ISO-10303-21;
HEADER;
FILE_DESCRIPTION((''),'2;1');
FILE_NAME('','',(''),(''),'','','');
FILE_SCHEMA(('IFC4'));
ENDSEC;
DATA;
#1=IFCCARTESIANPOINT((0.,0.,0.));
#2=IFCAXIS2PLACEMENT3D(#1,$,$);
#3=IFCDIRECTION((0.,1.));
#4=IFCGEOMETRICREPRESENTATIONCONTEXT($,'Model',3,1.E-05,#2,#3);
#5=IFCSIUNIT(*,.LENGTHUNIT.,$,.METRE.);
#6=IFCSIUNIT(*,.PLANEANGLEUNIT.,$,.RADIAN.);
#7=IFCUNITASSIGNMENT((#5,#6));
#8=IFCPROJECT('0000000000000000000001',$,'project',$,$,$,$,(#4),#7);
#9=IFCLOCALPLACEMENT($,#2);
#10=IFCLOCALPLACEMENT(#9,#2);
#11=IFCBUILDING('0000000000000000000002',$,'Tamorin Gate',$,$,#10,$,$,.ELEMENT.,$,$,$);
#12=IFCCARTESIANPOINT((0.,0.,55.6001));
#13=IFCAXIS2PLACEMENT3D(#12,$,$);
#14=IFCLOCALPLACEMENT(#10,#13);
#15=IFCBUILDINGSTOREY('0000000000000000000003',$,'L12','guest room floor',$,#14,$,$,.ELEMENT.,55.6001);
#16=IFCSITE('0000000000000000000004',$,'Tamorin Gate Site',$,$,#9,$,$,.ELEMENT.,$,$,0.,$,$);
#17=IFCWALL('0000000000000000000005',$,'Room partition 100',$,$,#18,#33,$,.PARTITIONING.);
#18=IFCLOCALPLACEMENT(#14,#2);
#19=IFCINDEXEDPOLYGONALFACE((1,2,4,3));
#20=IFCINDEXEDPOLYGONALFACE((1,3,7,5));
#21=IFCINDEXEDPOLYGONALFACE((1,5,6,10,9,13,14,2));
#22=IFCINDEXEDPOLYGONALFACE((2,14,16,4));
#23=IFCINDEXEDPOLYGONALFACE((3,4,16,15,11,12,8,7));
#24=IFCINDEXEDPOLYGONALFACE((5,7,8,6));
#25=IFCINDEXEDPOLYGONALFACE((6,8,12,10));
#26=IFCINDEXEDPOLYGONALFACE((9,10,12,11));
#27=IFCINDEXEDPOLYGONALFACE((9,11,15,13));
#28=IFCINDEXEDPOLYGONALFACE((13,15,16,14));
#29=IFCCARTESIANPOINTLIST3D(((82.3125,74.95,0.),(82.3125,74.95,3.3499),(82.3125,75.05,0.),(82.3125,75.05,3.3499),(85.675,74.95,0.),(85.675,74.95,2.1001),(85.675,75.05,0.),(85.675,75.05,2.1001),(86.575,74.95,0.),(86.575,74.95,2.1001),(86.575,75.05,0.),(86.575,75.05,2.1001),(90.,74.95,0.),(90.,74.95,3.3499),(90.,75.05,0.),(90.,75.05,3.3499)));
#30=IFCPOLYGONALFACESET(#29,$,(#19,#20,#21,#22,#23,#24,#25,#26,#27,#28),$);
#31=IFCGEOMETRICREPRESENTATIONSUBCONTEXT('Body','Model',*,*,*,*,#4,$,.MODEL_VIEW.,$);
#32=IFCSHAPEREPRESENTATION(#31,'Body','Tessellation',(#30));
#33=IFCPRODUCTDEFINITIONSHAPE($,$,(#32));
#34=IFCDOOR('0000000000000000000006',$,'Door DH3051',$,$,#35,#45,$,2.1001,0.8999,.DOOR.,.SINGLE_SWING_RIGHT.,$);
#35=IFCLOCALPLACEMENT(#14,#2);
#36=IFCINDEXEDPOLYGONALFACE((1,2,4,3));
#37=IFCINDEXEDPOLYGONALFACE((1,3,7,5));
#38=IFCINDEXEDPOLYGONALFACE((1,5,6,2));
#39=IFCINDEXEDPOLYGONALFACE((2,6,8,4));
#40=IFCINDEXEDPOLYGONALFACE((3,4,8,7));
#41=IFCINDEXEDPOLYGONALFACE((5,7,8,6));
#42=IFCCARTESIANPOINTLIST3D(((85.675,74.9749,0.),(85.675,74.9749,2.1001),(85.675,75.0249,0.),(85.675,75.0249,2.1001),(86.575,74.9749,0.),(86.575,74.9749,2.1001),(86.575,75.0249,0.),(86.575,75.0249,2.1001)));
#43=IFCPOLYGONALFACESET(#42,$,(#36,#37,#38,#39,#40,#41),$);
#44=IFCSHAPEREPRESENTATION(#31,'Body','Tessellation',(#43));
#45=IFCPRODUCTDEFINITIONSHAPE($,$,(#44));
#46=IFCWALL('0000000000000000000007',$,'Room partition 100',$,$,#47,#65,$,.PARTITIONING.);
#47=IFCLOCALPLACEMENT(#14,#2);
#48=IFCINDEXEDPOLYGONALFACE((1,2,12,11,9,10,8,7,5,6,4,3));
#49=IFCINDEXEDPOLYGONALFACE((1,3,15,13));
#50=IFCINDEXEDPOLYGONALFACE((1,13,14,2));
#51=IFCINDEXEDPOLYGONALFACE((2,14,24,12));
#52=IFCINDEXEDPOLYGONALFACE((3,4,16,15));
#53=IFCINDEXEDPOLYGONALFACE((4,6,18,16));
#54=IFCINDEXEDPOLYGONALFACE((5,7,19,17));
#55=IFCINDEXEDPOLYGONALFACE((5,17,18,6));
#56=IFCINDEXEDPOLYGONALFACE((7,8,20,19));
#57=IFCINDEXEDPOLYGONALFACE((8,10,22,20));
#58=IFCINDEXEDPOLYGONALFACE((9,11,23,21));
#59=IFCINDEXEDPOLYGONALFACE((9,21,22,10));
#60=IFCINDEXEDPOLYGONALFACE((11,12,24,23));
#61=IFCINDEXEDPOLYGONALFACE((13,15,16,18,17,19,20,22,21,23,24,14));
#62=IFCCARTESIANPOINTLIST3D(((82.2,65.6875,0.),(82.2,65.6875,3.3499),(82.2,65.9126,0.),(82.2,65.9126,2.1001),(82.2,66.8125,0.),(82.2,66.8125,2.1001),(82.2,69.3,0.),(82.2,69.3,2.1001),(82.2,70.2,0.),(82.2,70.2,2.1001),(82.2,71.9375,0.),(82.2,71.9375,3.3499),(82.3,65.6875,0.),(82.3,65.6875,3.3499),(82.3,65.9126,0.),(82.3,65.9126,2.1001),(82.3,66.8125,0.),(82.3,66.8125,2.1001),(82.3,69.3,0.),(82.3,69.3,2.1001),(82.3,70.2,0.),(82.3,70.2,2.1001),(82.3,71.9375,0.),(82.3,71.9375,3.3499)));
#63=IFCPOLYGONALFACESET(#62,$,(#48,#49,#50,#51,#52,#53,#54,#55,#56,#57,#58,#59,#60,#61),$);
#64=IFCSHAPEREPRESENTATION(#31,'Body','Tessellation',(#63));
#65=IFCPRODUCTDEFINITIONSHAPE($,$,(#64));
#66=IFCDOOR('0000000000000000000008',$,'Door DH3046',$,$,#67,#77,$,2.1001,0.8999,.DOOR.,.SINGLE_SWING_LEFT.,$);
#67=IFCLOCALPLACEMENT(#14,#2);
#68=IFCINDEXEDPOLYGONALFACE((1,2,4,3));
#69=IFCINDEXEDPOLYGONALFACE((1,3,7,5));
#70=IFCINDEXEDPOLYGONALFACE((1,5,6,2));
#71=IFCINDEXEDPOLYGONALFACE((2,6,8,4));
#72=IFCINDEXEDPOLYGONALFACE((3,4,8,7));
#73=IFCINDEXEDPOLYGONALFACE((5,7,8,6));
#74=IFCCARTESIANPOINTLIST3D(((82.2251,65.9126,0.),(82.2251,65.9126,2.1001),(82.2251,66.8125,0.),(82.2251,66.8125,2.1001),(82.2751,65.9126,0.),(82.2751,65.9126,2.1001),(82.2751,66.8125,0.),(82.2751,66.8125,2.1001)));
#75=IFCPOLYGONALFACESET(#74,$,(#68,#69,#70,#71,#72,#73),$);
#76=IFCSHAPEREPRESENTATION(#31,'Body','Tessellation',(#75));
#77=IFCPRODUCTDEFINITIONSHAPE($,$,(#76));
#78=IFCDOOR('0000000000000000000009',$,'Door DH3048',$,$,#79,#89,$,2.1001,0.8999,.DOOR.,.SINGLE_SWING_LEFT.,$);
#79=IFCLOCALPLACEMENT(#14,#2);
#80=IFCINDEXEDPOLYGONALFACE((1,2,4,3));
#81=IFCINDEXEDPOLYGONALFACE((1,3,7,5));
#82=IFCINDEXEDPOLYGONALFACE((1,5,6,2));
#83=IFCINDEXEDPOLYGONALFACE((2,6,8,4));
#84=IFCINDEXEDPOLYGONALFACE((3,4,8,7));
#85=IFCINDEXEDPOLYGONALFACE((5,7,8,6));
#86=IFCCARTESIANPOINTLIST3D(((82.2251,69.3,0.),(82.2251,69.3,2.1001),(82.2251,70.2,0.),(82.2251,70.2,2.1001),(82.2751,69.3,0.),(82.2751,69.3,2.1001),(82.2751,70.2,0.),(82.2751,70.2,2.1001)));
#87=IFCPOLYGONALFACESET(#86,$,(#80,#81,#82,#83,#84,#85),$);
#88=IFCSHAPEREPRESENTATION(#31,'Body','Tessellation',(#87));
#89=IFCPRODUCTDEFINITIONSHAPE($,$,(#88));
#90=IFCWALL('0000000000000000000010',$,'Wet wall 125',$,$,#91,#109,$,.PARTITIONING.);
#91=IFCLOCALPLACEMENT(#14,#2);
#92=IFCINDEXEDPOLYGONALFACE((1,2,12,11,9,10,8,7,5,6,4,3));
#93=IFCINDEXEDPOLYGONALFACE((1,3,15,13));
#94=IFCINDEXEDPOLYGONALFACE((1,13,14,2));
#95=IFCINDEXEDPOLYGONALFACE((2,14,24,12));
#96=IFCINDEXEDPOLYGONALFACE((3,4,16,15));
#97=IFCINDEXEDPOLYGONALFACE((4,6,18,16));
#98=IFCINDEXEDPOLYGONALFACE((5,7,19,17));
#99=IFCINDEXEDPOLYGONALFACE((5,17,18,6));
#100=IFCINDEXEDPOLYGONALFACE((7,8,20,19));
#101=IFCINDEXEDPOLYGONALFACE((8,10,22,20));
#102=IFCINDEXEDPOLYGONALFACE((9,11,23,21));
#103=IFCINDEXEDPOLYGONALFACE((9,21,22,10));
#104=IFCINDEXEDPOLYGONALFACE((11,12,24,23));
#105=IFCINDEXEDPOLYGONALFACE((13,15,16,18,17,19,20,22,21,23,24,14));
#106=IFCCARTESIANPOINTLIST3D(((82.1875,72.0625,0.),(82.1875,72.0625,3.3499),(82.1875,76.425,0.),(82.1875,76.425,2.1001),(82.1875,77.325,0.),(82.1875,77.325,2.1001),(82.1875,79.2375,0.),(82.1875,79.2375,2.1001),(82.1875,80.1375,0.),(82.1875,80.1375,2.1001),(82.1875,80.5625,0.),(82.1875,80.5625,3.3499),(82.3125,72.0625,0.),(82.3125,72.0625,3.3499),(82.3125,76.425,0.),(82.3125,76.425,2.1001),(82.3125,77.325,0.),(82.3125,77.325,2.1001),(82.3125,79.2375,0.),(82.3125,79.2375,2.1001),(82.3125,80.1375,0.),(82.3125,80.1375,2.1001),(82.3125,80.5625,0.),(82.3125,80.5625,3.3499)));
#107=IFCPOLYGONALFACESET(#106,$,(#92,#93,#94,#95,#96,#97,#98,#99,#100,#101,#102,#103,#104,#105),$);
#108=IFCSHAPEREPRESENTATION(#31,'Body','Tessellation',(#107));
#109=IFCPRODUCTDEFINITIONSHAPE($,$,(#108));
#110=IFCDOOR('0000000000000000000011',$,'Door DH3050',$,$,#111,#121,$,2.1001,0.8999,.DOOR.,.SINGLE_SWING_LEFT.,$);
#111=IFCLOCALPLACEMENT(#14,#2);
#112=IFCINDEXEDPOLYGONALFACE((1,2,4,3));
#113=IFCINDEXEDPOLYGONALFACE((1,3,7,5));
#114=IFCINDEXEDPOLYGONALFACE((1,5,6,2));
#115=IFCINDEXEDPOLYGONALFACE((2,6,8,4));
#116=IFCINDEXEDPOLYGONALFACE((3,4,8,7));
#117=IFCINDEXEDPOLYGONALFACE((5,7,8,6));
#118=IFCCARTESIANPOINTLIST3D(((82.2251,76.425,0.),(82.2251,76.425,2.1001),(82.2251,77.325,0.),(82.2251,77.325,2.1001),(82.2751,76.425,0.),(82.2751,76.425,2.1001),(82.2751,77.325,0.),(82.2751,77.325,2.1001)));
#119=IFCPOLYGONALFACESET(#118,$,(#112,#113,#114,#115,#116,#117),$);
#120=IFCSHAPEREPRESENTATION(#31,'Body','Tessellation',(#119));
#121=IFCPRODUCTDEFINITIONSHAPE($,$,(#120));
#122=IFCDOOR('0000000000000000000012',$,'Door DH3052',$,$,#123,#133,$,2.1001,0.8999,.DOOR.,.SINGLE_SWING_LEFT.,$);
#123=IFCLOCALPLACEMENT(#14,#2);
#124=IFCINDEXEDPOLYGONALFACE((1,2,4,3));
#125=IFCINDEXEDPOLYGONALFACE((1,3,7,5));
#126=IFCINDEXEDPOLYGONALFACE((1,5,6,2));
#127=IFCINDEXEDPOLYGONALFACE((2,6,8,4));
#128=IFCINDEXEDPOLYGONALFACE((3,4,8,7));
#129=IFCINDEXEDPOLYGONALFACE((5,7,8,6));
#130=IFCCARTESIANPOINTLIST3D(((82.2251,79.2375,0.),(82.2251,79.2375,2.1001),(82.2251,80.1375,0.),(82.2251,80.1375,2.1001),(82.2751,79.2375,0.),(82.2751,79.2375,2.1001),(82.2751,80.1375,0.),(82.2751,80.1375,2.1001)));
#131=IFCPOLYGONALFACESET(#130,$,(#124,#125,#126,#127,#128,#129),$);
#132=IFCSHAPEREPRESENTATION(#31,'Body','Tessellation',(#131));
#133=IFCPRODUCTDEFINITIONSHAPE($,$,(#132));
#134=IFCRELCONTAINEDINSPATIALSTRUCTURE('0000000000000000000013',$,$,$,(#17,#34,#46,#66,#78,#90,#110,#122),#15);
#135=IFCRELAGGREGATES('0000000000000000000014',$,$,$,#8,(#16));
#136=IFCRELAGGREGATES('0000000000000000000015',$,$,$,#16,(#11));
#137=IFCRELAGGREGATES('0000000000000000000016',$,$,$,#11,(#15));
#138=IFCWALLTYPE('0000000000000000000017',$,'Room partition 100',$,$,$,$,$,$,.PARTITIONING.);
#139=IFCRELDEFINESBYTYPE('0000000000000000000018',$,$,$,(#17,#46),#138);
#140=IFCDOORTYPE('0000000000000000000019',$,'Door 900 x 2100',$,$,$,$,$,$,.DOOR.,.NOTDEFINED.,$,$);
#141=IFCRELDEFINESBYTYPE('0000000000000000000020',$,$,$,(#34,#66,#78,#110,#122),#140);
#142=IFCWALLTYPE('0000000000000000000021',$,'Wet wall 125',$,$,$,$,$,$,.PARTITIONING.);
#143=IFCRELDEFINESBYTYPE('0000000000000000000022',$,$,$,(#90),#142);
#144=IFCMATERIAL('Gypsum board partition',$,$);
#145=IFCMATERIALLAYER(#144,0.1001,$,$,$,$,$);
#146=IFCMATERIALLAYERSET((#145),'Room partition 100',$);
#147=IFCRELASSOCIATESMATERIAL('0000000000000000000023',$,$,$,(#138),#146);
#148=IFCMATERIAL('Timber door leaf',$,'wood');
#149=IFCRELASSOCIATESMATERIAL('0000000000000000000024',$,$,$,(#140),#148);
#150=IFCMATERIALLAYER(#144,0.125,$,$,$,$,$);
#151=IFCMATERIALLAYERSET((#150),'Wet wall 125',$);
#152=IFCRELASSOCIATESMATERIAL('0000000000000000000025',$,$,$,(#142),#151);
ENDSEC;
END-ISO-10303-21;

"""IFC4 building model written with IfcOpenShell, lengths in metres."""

from ifc_helpers import new_model, si_unit, direction, frame, frame_2d, origin, place, context, subcontext, project, spatial, rectangle, extrude, material, layer, layer_set, type_object, element, fill, save


model = new_model("IFC4")

# Units and contexts
model_context = context("Model", 3, precision=1e-05, world=origin(), true_north=direction((0.0, 1.0)))
body_context = subcontext(model_context, "Body", "Model", "MODEL_VIEW")
ifc_project = project(units=[si_unit("LENGTHUNIT", "METRE"), si_unit("PLANEANGLEUNIT", "RADIAN")], contexts=[model_context])

# Site, building, storey
site_placement = place(None, origin())
site = spatial("IfcSite", under=ifc_project, at=site_placement, Name="Tamorin Gate Site", CompositionType="ELEMENT", RefElevation=0.0)
building_placement = place(site_placement, origin())
building = spatial("IfcBuilding", under=site, at=building_placement, Name="Tamorin Gate", CompositionType="ELEMENT")
storey_placement = place(building_placement, frame((0.0, 0.0, 55.6001)))
storey = spatial("IfcBuildingStorey", under=building, at=storey_placement, Name="L12", Description="guest room floor", CompositionType="ELEMENT", Elevation=55.6001)

# Wall, opening, door
ifc_material_1 = material(Name="Gypsum board partition")
ifc_layer_1 = layer(ifc_material_1, 0.1001)
ifc_layer_set_1 = layer_set([ifc_layer_1], Name="Room partition 100")
wall_type_1 = type_object("IfcWallType", Name="Room partition 100", PredefinedType="PARTITIONING", material=ifc_layer_set_1)
wall_1_placement = place(storey_placement, frame((82.3125, 75.0, 0.0), z_axis=(0.0, 0.0, 1.0), x_axis=(1.0, 0.0, 0.0)))
wall_1 = element("IfcWall", 1, at=wall_1_placement, inside=storey, type_object=wall_type_1, Name="Room partition 100", PredefinedType="PARTITIONING", context=body_context, shape_type="SweptSolid", body=[
    extrude(rectangle(XDim=7.6875, YDim=0.1001, at=frame_2d((3.8438, 0.0))), origin(), (0.0, 0.0, 1.0), 3.3499),
])
opening_1_placement = place(wall_1_placement, frame((3.3625, 0.0, 0.0)))
opening_1 = element("IfcOpeningElement", 2, at=opening_1_placement, cuts=wall_1, PredefinedType="OPENING", context=body_context, shape_type="SweptSolid", body=[
    extrude(rectangle(XDim=0.8999, YDim=2.1001, at=frame_2d((0.45, 1.05))), frame((0.0, 0.0601, 0.0), z_axis=(0.0, -1.0, 0.0), x_axis=(1.0, 0.0, 0.0)), (0.0, 0.0, 1.0), 0.1201),
])
ifc_material_2 = material(Name="Timber door leaf", Category="wood")
door_type = type_object("IfcDoorType", Name="Door 900 x 2100", OperationType="NOTDEFINED", PredefinedType="DOOR", material=ifc_material_2)
door_1_placement = place(opening_1_placement, origin())
door_1 = element("IfcDoor", 3, at=door_1_placement, inside=storey, type_object=door_type, Name="Door DH3051", OperationType="SINGLE_SWING_RIGHT", OverallHeight=2.1001, OverallWidth=0.8999, PredefinedType="DOOR", context=body_context, shape_type="SweptSolid", body=[
    extrude(rectangle(XDim=0.8999, YDim=2.1001, at=frame_2d((0.45, 1.05))), frame((0.0, 0.0249, 0.0), z_axis=(0.0, -1.0, 0.0), x_axis=(1.0, 0.0, 0.0)), (0.0, 0.0, 1.0), 0.05),
])
fill(opening_1, door_1)

# Walls, openings, doors
wall_2_placement = place(storey_placement, frame((82.25, 65.6875, 0.0), z_axis=(0.0, 0.0, 1.0), x_axis=(0.0, 1.0, 0.0)))
wall_2 = element("IfcWall", 4, at=wall_2_placement, inside=storey, type_object=wall_type_1, Name="Room partition 100", PredefinedType="PARTITIONING", context=body_context, shape_type="SweptSolid", body=[
    extrude(rectangle(XDim=6.25, YDim=0.1001, at=frame_2d((3.125, 0.0))), origin(), (0.0, 0.0, 1.0), 3.3499),
])
opening_2_placement = place(wall_2_placement, frame((0.2251, 0.0, 0.0)))
opening_2 = element("IfcOpeningElement", 5, at=opening_2_placement, cuts=wall_2, PredefinedType="OPENING", context=body_context, shape_type="SweptSolid", body=[
    extrude(rectangle(XDim=0.8999, YDim=2.1001, at=frame_2d((0.45, 1.05))), frame((0.0, 0.0601, 0.0), z_axis=(0.0, -1.0, 0.0), x_axis=(1.0, 0.0, 0.0)), (0.0, 0.0, 1.0), 0.1201),
])
opening_3_placement = place(wall_2_placement, frame((3.6125, 0.0, 0.0)))
opening_3 = element("IfcOpeningElement", 6, at=opening_3_placement, cuts=wall_2, PredefinedType="OPENING", context=body_context, shape_type="SweptSolid", body=[
    extrude(rectangle(XDim=0.8999, YDim=2.1001, at=frame_2d((0.45, 1.05))), frame((0.0, 0.0601, 0.0), z_axis=(0.0, -1.0, 0.0), x_axis=(1.0, 0.0, 0.0)), (0.0, 0.0, 1.0), 0.1201),
])
door_2_placement = place(opening_2_placement, origin())
door_2 = element("IfcDoor", 7, at=door_2_placement, inside=storey, type_object=door_type, Name="Door DH3046", OperationType="SINGLE_SWING_LEFT", OverallHeight=2.1001, OverallWidth=0.8999, PredefinedType="DOOR", context=body_context, shape_type="SweptSolid", body=[
    extrude(rectangle(XDim=0.8999, YDim=2.1001, at=frame_2d((0.45, 1.05))), frame((0.0, 0.0249, 0.0), z_axis=(0.0, -1.0, 0.0), x_axis=(1.0, 0.0, 0.0)), (0.0, 0.0, 1.0), 0.05),
])
fill(opening_2, door_2)
door_3_placement = place(opening_3_placement, origin())
door_3 = element("IfcDoor", 8, at=door_3_placement, inside=storey, type_object=door_type, Name="Door DH3048", OperationType="SINGLE_SWING_LEFT", OverallHeight=2.1001, OverallWidth=0.8999, PredefinedType="DOOR", context=body_context, shape_type="SweptSolid", body=[
    extrude(rectangle(XDim=0.8999, YDim=2.1001, at=frame_2d((0.45, 1.05))), frame((0.0, 0.0249, 0.0), z_axis=(0.0, -1.0, 0.0), x_axis=(1.0, 0.0, 0.0)), (0.0, 0.0, 1.0), 0.05),
])
fill(opening_3, door_3)
ifc_layer_2 = layer(ifc_material_1, 0.125)
ifc_layer_set_2 = layer_set([ifc_layer_2], Name="Wet wall 125")
wall_type_2 = type_object("IfcWallType", Name="Wet wall 125", PredefinedType="PARTITIONING", material=ifc_layer_set_2)
wall_3_placement = place(storey_placement, frame((82.25, 72.0625, 0.0), z_axis=(0.0, 0.0, 1.0), x_axis=(0.0, 1.0, 0.0)))
wall_3 = element("IfcWall", 9, at=wall_3_placement, inside=storey, type_object=wall_type_2, Name="Wet wall 125", PredefinedType="PARTITIONING", context=body_context, shape_type="SweptSolid", body=[
    extrude(rectangle(XDim=8.5, YDim=0.125, at=frame_2d((4.25, 0.0))), origin(), (0.0, 0.0, 1.0), 3.3499),
])
opening_4_placement = place(wall_3_placement, frame((4.3625, 0.0, 0.0)))
opening_4 = element("IfcOpeningElement", 10, at=opening_4_placement, cuts=wall_3, PredefinedType="OPENING", context=body_context, shape_type="SweptSolid", body=[
    extrude(rectangle(XDim=0.8999, YDim=2.1001, at=frame_2d((0.45, 1.05))), frame((0.0, 0.0725, 0.0), z_axis=(0.0, -1.0, 0.0), x_axis=(1.0, 0.0, 0.0)), (0.0, 0.0, 1.0), 0.145),
])
opening_5_placement = place(wall_3_placement, frame((7.175, 0.0, 0.0)))
opening_5 = element("IfcOpeningElement", 11, at=opening_5_placement, cuts=wall_3, PredefinedType="OPENING", context=body_context, shape_type="SweptSolid", body=[
    extrude(rectangle(XDim=0.8999, YDim=2.1001, at=frame_2d((0.45, 1.05))), frame((0.0, 0.0725, 0.0), z_axis=(0.0, -1.0, 0.0), x_axis=(1.0, 0.0, 0.0)), (0.0, 0.0, 1.0), 0.145),
])
door_4_placement = place(opening_4_placement, origin())
door_4 = element("IfcDoor", 12, at=door_4_placement, inside=storey, type_object=door_type, Name="Door DH3050", OperationType="SINGLE_SWING_LEFT", OverallHeight=2.1001, OverallWidth=0.8999, PredefinedType="DOOR", context=body_context, shape_type="SweptSolid", body=[
    extrude(rectangle(XDim=0.8999, YDim=2.1001, at=frame_2d((0.45, 1.05))), frame((0.0, 0.0249, 0.0), z_axis=(0.0, -1.0, 0.0), x_axis=(1.0, 0.0, 0.0)), (0.0, 0.0, 1.0), 0.05),
])
fill(opening_4, door_4)
door_5_placement = place(opening_5_placement, origin())
door_5 = element("IfcDoor", 13, at=door_5_placement, inside=storey, type_object=door_type, Name="Door DH3052", OperationType="SINGLE_SWING_LEFT", OverallHeight=2.1001, OverallWidth=0.8999, PredefinedType="DOOR", context=body_context, shape_type="SweptSolid", body=[
    extrude(rectangle(XDim=0.8999, YDim=2.1001, at=frame_2d((0.45, 1.05))), frame((0.0, 0.0249, 0.0), z_axis=(0.0, -1.0, 0.0), x_axis=(1.0, 0.0, 0.0)), (0.0, 0.0, 1.0), 0.05),
])
fill(opening_5, door_5)

save(model, "model.ifc")
